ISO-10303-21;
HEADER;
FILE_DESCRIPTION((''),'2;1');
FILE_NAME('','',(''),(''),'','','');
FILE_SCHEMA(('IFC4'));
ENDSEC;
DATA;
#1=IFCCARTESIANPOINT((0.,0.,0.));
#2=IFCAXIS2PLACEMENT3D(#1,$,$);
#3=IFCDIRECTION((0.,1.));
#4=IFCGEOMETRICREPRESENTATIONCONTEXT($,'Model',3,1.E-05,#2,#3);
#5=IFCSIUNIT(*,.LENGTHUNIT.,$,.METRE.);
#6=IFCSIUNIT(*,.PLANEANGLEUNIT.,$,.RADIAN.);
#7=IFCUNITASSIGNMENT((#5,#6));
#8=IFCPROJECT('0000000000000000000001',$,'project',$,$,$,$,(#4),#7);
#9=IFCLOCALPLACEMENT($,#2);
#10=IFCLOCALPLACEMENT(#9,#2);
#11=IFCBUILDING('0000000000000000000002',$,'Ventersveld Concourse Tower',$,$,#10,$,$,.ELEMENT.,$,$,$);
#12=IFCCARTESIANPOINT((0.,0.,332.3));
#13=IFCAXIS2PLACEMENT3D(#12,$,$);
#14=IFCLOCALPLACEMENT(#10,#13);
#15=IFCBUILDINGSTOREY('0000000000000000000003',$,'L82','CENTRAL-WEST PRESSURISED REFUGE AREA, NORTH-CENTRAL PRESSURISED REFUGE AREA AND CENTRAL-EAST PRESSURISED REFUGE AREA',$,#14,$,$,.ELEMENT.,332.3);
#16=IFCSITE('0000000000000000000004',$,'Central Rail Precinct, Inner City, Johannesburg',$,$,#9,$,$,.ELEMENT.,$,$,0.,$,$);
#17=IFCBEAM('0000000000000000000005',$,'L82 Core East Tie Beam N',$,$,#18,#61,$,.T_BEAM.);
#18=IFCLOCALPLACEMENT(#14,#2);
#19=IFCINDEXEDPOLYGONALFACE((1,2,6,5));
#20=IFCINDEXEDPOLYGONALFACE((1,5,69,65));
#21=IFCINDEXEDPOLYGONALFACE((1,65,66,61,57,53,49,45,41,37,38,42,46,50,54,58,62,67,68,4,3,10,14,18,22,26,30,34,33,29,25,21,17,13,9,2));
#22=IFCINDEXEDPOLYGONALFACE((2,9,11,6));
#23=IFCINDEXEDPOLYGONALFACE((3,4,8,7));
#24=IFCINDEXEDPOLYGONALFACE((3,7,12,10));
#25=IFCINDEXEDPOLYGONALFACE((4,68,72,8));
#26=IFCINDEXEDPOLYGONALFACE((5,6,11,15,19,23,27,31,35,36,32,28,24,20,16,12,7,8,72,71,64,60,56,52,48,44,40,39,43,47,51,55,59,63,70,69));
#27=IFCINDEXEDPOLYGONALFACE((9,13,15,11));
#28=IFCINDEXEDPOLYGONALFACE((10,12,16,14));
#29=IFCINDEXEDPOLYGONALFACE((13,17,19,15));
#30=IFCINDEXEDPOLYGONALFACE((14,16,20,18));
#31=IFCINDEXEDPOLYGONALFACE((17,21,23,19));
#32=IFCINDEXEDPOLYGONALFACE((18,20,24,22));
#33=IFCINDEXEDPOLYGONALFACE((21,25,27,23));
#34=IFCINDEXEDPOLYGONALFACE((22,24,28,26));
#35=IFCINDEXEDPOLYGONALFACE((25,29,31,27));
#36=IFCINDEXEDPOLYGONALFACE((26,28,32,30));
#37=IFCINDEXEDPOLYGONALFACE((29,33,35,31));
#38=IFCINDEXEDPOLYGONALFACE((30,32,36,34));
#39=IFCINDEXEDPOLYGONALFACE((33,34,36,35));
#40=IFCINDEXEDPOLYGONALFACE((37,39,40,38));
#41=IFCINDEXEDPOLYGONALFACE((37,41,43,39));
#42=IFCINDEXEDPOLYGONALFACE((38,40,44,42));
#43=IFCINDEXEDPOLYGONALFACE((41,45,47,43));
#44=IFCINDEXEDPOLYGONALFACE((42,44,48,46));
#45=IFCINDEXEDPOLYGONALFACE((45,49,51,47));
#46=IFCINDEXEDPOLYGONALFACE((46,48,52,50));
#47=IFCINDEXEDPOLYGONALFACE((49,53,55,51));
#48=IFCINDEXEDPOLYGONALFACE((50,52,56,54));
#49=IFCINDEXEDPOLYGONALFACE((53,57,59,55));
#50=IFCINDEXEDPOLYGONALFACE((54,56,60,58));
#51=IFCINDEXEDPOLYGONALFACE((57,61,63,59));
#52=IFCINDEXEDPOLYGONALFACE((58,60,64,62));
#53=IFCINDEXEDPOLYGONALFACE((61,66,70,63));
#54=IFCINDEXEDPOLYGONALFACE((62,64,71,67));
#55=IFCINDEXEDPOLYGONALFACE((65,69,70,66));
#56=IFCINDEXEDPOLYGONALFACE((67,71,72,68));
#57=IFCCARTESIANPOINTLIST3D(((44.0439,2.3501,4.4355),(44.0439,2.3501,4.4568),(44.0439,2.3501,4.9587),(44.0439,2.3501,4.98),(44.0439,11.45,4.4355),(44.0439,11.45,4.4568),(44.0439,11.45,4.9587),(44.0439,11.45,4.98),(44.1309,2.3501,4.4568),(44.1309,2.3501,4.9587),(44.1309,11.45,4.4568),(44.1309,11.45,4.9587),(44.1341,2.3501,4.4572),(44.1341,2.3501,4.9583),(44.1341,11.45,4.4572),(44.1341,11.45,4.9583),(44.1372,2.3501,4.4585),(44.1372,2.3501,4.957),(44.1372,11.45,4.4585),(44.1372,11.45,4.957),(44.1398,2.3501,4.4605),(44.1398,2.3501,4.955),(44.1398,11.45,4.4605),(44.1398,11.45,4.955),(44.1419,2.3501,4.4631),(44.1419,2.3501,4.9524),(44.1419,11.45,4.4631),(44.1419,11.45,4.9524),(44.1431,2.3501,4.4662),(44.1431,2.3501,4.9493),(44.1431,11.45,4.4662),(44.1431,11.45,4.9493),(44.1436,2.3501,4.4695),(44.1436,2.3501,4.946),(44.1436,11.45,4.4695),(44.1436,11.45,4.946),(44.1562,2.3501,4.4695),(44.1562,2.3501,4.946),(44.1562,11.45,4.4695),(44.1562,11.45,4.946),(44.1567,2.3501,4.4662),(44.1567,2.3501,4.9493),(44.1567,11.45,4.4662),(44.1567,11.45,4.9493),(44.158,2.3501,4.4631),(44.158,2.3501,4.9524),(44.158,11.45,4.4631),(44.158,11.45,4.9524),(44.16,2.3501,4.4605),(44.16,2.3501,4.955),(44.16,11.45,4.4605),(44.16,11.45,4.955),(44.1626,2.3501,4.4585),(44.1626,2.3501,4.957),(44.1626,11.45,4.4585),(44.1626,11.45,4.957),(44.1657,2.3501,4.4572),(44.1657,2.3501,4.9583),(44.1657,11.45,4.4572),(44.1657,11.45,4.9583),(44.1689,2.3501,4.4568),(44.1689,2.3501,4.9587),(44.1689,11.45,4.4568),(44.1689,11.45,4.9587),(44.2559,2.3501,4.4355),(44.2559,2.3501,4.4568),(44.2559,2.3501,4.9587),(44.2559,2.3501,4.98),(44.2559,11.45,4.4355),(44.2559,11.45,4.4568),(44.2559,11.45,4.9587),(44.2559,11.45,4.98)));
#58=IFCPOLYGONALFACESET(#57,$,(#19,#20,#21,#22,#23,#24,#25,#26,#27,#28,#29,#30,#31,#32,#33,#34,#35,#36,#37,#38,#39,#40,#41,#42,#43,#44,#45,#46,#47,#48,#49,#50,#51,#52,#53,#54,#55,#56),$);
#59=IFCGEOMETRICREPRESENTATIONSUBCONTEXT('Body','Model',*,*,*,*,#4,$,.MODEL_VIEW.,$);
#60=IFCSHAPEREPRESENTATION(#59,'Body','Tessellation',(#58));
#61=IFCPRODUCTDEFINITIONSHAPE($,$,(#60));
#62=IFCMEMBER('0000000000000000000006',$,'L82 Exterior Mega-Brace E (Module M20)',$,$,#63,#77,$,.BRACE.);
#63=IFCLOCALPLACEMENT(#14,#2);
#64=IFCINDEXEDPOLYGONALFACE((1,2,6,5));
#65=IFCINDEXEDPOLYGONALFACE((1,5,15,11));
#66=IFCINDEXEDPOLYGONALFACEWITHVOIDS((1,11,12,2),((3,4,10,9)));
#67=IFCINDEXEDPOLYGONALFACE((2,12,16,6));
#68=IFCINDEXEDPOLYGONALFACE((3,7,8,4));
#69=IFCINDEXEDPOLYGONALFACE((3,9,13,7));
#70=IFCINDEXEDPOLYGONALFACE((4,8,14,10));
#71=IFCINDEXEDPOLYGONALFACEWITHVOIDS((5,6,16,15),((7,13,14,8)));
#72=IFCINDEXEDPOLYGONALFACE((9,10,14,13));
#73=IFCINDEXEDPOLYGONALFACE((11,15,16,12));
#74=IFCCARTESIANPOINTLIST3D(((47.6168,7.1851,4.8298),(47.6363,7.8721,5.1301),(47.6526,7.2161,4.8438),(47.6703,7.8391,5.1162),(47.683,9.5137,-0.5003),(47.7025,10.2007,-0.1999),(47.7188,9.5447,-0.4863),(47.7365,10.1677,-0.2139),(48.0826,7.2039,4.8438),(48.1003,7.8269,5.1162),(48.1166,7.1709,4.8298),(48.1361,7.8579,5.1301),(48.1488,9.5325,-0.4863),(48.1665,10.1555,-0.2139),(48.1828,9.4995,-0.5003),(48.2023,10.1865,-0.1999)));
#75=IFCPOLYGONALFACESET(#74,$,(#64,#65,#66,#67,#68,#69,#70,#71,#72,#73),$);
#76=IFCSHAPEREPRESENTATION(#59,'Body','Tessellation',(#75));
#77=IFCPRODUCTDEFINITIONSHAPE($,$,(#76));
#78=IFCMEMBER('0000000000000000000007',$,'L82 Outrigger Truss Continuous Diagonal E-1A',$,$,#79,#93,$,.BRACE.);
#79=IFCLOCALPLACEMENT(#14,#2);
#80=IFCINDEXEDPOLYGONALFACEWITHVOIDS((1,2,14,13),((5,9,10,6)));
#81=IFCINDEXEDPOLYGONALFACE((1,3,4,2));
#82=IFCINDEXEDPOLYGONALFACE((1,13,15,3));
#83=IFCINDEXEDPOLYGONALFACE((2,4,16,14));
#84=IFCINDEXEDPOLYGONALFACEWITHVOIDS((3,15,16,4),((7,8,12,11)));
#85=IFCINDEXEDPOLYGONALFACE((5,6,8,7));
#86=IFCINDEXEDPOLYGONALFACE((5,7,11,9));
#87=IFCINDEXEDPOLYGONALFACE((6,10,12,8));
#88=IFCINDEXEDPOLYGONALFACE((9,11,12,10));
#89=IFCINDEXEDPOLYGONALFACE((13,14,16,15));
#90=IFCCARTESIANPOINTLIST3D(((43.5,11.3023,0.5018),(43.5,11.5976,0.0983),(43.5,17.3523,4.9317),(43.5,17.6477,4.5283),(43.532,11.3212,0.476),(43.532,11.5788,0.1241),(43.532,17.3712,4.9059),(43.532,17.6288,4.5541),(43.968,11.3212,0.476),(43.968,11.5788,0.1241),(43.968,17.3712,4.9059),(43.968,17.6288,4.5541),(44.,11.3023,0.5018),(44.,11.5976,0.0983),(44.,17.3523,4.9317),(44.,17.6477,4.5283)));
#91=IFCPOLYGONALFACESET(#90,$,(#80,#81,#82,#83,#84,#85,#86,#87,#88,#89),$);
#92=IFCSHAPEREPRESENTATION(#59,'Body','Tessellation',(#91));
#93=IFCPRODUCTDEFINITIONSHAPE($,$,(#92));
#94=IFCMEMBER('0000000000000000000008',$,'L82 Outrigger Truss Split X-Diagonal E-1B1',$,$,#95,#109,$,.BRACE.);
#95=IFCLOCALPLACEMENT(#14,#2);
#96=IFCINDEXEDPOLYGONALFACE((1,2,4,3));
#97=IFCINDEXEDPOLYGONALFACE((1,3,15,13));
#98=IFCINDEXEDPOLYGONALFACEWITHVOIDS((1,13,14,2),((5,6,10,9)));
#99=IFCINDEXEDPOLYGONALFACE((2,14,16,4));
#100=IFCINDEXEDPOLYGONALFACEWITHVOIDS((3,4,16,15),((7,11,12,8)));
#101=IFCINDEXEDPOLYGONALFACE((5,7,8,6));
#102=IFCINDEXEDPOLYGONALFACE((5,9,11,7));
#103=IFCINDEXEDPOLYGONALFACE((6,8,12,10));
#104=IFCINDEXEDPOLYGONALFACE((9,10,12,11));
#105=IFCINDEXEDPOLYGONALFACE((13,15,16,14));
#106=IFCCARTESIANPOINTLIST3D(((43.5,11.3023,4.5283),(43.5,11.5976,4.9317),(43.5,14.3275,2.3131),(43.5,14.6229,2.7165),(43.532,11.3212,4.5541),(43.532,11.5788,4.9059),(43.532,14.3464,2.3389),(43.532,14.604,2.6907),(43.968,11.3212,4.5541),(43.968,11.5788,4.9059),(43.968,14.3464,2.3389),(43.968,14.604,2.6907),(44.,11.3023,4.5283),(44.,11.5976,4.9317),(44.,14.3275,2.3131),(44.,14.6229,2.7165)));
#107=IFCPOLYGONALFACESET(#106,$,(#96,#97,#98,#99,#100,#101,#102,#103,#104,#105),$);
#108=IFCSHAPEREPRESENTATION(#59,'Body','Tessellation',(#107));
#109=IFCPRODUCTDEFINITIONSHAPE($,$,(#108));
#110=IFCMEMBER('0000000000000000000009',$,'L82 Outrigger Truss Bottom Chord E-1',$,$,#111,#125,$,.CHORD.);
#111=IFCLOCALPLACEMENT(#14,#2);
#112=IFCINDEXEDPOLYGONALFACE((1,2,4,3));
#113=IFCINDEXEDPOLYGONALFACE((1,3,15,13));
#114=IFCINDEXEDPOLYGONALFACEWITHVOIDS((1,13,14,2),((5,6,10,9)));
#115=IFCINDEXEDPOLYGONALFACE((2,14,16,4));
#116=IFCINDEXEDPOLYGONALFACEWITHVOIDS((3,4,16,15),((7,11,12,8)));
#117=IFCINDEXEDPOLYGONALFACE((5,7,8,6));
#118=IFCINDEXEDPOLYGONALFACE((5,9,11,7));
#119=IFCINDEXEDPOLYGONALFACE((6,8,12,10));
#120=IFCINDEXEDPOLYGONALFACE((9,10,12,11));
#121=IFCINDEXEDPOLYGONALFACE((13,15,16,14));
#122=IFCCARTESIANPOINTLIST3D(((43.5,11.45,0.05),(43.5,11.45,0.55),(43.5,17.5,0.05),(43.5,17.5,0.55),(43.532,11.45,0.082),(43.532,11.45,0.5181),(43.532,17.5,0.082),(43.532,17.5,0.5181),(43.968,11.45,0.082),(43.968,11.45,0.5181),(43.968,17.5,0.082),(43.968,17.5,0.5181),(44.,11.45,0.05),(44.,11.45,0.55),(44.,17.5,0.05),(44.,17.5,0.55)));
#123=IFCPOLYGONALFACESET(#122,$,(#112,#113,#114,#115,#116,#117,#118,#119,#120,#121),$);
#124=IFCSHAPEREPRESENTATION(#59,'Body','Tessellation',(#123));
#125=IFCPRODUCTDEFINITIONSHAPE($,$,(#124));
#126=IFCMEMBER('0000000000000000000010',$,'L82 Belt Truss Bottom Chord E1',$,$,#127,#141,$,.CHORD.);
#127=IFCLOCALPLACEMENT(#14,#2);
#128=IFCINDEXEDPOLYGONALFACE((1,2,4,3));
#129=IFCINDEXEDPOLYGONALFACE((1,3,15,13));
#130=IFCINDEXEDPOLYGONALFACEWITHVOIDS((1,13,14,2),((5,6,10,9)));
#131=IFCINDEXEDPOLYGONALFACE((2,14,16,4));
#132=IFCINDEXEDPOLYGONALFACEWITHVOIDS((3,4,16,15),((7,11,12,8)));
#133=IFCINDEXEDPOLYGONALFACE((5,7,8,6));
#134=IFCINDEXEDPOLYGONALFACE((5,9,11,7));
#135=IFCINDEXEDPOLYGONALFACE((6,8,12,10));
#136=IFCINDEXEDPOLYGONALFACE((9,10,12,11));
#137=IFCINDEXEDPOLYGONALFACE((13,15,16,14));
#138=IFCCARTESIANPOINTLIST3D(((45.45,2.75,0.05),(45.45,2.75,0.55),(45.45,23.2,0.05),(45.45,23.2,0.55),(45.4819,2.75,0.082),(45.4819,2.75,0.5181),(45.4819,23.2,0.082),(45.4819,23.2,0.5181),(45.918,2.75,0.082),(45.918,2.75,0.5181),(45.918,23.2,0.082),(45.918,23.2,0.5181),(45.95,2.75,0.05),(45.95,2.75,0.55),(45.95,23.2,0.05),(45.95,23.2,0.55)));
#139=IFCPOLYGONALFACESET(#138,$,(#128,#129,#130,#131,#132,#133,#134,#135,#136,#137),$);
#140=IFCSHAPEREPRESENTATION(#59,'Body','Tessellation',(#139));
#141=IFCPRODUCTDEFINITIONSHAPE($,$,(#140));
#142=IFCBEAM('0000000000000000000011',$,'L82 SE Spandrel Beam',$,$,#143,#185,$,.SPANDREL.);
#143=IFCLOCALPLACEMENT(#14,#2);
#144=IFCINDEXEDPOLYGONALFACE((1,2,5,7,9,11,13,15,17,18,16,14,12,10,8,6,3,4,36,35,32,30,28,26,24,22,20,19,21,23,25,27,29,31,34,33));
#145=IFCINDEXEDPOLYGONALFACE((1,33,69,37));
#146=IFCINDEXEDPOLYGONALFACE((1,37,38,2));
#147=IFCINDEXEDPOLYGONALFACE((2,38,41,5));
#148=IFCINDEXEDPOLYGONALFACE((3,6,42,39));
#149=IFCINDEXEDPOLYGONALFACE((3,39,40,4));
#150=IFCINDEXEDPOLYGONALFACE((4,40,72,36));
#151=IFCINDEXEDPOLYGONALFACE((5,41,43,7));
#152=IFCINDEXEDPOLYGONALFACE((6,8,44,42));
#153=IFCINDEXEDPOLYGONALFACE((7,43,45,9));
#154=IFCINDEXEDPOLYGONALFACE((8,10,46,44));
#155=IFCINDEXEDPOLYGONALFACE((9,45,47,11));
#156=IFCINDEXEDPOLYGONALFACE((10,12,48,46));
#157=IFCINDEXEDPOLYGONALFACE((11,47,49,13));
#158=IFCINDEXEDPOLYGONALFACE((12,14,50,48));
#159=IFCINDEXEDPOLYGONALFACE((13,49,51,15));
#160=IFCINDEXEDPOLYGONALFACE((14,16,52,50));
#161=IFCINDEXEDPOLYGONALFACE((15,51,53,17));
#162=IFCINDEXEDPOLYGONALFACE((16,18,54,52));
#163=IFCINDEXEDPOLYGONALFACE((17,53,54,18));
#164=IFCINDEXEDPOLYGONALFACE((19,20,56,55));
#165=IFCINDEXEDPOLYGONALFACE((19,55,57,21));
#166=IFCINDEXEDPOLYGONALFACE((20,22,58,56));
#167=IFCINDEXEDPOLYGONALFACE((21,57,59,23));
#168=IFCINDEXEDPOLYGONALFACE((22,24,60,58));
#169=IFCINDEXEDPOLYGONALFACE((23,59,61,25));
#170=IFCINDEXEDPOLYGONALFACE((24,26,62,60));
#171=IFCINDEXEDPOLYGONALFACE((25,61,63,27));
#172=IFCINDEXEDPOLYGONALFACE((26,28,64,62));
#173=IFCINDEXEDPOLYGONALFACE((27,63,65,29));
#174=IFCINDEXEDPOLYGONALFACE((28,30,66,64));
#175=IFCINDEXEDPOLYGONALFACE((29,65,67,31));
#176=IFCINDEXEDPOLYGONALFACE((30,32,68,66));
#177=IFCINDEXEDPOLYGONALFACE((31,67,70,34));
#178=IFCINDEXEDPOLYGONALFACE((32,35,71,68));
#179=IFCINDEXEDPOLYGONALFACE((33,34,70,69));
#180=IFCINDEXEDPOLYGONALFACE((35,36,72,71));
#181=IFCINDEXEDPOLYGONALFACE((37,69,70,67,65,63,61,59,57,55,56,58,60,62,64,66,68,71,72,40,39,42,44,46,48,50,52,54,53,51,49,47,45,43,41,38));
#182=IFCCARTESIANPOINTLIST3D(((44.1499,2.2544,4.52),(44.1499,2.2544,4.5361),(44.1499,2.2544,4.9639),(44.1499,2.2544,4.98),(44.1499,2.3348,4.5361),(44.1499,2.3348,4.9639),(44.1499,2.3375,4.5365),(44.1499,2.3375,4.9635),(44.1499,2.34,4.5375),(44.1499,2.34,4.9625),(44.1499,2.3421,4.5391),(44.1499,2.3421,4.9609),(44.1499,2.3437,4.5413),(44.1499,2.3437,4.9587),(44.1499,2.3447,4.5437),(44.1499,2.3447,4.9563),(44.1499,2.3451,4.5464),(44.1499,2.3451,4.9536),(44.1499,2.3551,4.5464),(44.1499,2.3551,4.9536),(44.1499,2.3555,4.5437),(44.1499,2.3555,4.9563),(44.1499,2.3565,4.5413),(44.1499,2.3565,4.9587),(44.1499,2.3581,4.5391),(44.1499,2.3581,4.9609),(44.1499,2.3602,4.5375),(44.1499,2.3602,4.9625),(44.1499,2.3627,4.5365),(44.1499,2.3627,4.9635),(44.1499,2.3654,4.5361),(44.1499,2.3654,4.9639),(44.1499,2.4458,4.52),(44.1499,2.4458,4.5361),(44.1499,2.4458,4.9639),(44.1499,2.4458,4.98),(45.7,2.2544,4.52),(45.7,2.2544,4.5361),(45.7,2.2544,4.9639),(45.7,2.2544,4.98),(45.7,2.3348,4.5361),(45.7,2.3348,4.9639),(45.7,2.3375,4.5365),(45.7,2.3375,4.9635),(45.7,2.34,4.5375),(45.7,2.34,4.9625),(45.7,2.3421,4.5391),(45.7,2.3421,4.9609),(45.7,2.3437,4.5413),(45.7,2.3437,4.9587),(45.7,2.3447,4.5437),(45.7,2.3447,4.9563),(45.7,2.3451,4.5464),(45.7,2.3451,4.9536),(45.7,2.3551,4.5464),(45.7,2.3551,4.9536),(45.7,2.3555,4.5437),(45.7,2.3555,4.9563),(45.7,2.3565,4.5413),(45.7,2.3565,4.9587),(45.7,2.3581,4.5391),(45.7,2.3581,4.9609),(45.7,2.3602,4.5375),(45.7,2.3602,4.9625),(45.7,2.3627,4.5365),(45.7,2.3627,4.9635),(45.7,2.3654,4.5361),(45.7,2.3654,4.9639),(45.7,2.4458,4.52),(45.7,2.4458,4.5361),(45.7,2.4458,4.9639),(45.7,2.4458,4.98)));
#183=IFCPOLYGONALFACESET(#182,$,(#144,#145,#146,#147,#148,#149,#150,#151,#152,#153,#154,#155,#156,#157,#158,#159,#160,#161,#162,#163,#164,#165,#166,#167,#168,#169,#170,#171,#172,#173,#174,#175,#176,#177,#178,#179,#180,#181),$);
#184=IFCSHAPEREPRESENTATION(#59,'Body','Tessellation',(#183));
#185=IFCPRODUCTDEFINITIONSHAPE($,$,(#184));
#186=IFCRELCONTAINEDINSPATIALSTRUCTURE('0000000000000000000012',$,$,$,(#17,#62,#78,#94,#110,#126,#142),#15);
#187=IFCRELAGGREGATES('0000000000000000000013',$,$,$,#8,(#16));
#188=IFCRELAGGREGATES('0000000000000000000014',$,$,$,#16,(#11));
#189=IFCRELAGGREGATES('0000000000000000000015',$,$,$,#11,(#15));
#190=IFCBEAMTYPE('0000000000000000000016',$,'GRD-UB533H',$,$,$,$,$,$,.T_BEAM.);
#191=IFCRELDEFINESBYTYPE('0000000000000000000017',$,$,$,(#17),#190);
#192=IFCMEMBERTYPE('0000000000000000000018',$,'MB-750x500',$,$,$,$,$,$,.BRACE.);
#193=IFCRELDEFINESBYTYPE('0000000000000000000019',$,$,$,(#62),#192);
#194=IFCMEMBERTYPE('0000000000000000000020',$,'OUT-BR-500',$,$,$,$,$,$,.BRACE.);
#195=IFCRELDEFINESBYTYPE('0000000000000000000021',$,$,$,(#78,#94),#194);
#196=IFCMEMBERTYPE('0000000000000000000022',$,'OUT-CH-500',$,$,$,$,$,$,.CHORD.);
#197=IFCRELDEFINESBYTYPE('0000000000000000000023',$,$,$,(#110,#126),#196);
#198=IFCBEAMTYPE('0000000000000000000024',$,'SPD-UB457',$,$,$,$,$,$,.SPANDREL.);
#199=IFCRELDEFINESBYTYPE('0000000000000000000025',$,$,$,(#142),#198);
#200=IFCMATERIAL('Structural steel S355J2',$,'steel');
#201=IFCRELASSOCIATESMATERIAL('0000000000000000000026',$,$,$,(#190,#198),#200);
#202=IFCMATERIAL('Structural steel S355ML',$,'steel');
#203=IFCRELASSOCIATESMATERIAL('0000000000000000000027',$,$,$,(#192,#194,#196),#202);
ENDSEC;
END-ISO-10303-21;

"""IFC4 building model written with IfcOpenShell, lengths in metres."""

from ifc_helpers import new_model, si_unit, direction, frame, origin, origin_2d, place, context, subcontext, project, spatial, hollow_rectangle, i_section, extrude, material, material_profile, profile_set, type_object, element, save


model = new_model("IFC4")

# Units and contexts
model_context = context("Model", 3, precision=1e-05, world=origin(), true_north=direction((0.0, 1.0)))
body_context = subcontext(model_context, "Body", "Model", "MODEL_VIEW")
ifc_project = project(units=[si_unit("LENGTHUNIT", "METRE"), si_unit("PLANEANGLEUNIT", "RADIAN")], contexts=[model_context])

# Site, building, storey
site_placement = place(None, origin())
site = spatial("IfcSite", under=ifc_project, at=site_placement, Name="Central Rail Precinct, Inner City, Johannesburg", CompositionType="ELEMENT", RefElevation=0.0)
building_placement = place(site_placement, origin())
building = spatial("IfcBuilding", under=site, at=building_placement, Name="Ventersveld Concourse Tower", CompositionType="ELEMENT")
storey_placement = place(building_placement, frame((0.0, 0.0, 332.3)))
storey = spatial("IfcBuildingStorey", under=building, at=storey_placement, Name="L82", Description="CENTRAL-WEST PRESSURISED REFUGE AREA, NORTH-CENTRAL PRESSURISED REFUGE AREA AND CENTRAL-EAST PRESSURISED REFUGE AREA", CompositionType="ELEMENT", Elevation=332.3)

# Shared definitions
ifc_material_1 = material(Name="Structural steel S355ML", Category="steel")

# Beam
ifc_material_2 = material(Name="Structural steel S355J2", Category="steel")
ifc_material_profile_1 = material_profile(ifc_material_2, i_section(OverallWidth=0.2119, OverallDepth=0.5444, WebThickness=0.0127, FlangeThickness=0.0212, FilletRadius=0.0127, at=origin_2d()), Name="UB 533x210x122")
ifc_profile_set_1 = profile_set([ifc_material_profile_1], Name="Structural steel S355J2")
beam_type_1 = type_object("IfcBeamType", Name="GRD-UB533H", PredefinedType="T_BEAM", material=ifc_profile_set_1)
beam_1_placement = place(storey_placement, frame((44.1499, 2.3501, 4.7078), z_axis=(0.0, 1.0, 0.0), x_axis=(-1.0, 0.0, 0.0)))
element("IfcBeam", 1, at=beam_1_placement, inside=storey, type_object=beam_type_1, Name="L82 Core East Tie Beam N", PredefinedType="T_BEAM", context=body_context, shape_type="SweptSolid", body=[
    extrude(i_section(OverallWidth=0.2119, OverallDepth=0.5444, WebThickness=0.0127, FlangeThickness=0.0212, FilletRadius=0.0127, at=origin_2d()), origin(), (0.0, 0.0, 1.0), 9.0999),
])

# Members
ifc_material_profile_2 = material_profile(ifc_material_1, hollow_rectangle(XDim=0.5, YDim=0.75, WallThickness=0.0349, at=origin_2d()), Name="BOX 750x500x35")
ifc_profile_set_2 = profile_set([ifc_material_profile_2], Name="Structural steel S355ML")
member_type_1 = type_object("IfcMemberType", Name="MB-750x500", PredefinedType="BRACE", material=ifc_profile_set_2)
member_1_placement = place(storey_placement, frame((47.9426, 9.8501, -0.3501), z_axis=(-0.011374, -0.400317, 0.916306), x_axis=(0.999597, -0.028401, 0.0)))
element("IfcMember", 2, at=member_1_placement, inside=storey, type_object=member_type_1, Name="L82 Exterior Mega-Brace E (Module M20)", PredefinedType="BRACE", context=body_context, shape_type="SweptSolid", body=[
    extrude(hollow_rectangle(XDim=0.5, YDim=0.75, WallThickness=0.0349, at=origin_2d()), origin(), (0.0, 0.0, 1.0), 5.8169),
])
ifc_material_profile_3 = material_profile(ifc_material_1, hollow_rectangle(XDim=0.5, YDim=0.5, WallThickness=0.032, at=origin_2d()), Name="BOX 500x500x32")
ifc_profile_set_3 = profile_set([ifc_material_profile_3], Name="Structural steel S355ML")
member_type_2 = type_object("IfcMemberType", Name="OUT-BR-500", PredefinedType="BRACE", material=ifc_profile_set_3)
member_2_placement = place(storey_placement, frame((43.75, 11.45, 0.3), z_axis=(0.0, 0.806835, 0.590776), x_axis=(-1.0, 0.0, 0.0)))
element("IfcMember", 3, at=member_2_placement, inside=storey, type_object=member_type_2, Name="L82 Outrigger Truss Continuous Diagonal E-1A", PredefinedType="BRACE", context=body_context, shape_type="SweptSolid", body=[
    extrude(hollow_rectangle(XDim=0.5, YDim=0.5, WallThickness=0.032, at=origin_2d()), origin(), (0.0, 0.0, 1.0), 7.4985),
])
member_3_placement = place(storey_placement, frame((43.75, 11.45, 4.73), z_axis=(0.0, 0.806831, -0.590782), x_axis=(-1.0, 0.0, 0.0)))
element("IfcMember", 4, at=member_3_placement, inside=storey, type_object=member_type_2, Name="L82 Outrigger Truss Split X-Diagonal E-1B1", PredefinedType="BRACE", context=body_context, shape_type="SweptSolid", body=[
    extrude(hollow_rectangle(XDim=0.5, YDim=0.5, WallThickness=0.032, at=origin_2d()), origin(), (0.0, 0.0, 1.0), 3.7495),
])
ifc_material_profile_4 = material_profile(ifc_material_1, hollow_rectangle(XDim=0.5, YDim=0.5, WallThickness=0.032, at=origin_2d()), Name="BOX 500x500x32")
ifc_profile_set_4 = profile_set([ifc_material_profile_4], Name="Structural steel S355ML")
member_type_3 = type_object("IfcMemberType", Name="OUT-CH-500", PredefinedType="CHORD", material=ifc_profile_set_4)
member_4_placement = place(storey_placement, frame((43.75, 11.45, 0.3), z_axis=(0.0, 1.0, 0.0), x_axis=(-1.0, 0.0, 0.0)))
element("IfcMember", 5, at=member_4_placement, inside=storey, type_object=member_type_3, Name="L82 Outrigger Truss Bottom Chord E-1", PredefinedType="CHORD", context=body_context, shape_type="SweptSolid", body=[
    extrude(hollow_rectangle(XDim=0.5, YDim=0.5, WallThickness=0.032, at=origin_2d()), origin(), (0.0, 0.0, 1.0), 6.05),
])
member_5_placement = place(storey_placement, frame((45.7, 2.75, 0.3), z_axis=(0.0, 1.0, 0.0), x_axis=(-1.0, 0.0, 0.0)))
element("IfcMember", 6, at=member_5_placement, inside=storey, type_object=member_type_3, Name="L82 Belt Truss Bottom Chord E1", PredefinedType="CHORD", context=body_context, shape_type="SweptSolid", body=[
    extrude(hollow_rectangle(XDim=0.5, YDim=0.5, WallThickness=0.032, at=origin_2d()), origin(), (0.0, 0.0, 1.0), 20.45),
])

# Beam
ifc_material_profile_5 = material_profile(ifc_material_2, i_section(OverallWidth=0.1914, OverallDepth=0.46, WebThickness=0.01, FlangeThickness=0.0161, FilletRadius=0.0103, at=origin_2d()), Name="UB 457x191x82")
ifc_profile_set_5 = profile_set([ifc_material_profile_5], Name="Structural steel S355J2")
beam_type_2 = type_object("IfcBeamType", Name="SPD-UB457", PredefinedType="SPANDREL", material=ifc_profile_set_5)
beam_2_placement = place(storey_placement, frame((44.1499, 2.3501, 4.75), z_axis=(1.0, 0.0, 0.0), x_axis=(0.0, 1.0, 0.0)))
element("IfcBeam", 7, at=beam_2_placement, inside=storey, type_object=beam_type_2, Name="L82 SE Spandrel Beam", PredefinedType="SPANDREL", context=body_context, shape_type="SweptSolid", body=[
    extrude(i_section(OverallWidth=0.1914, OverallDepth=0.46, WebThickness=0.01, FlangeThickness=0.0161, FilletRadius=0.0103, at=origin_2d()), origin(), (0.0, 0.0, 1.0), 1.55),
])

save(model, "model.ifc")
